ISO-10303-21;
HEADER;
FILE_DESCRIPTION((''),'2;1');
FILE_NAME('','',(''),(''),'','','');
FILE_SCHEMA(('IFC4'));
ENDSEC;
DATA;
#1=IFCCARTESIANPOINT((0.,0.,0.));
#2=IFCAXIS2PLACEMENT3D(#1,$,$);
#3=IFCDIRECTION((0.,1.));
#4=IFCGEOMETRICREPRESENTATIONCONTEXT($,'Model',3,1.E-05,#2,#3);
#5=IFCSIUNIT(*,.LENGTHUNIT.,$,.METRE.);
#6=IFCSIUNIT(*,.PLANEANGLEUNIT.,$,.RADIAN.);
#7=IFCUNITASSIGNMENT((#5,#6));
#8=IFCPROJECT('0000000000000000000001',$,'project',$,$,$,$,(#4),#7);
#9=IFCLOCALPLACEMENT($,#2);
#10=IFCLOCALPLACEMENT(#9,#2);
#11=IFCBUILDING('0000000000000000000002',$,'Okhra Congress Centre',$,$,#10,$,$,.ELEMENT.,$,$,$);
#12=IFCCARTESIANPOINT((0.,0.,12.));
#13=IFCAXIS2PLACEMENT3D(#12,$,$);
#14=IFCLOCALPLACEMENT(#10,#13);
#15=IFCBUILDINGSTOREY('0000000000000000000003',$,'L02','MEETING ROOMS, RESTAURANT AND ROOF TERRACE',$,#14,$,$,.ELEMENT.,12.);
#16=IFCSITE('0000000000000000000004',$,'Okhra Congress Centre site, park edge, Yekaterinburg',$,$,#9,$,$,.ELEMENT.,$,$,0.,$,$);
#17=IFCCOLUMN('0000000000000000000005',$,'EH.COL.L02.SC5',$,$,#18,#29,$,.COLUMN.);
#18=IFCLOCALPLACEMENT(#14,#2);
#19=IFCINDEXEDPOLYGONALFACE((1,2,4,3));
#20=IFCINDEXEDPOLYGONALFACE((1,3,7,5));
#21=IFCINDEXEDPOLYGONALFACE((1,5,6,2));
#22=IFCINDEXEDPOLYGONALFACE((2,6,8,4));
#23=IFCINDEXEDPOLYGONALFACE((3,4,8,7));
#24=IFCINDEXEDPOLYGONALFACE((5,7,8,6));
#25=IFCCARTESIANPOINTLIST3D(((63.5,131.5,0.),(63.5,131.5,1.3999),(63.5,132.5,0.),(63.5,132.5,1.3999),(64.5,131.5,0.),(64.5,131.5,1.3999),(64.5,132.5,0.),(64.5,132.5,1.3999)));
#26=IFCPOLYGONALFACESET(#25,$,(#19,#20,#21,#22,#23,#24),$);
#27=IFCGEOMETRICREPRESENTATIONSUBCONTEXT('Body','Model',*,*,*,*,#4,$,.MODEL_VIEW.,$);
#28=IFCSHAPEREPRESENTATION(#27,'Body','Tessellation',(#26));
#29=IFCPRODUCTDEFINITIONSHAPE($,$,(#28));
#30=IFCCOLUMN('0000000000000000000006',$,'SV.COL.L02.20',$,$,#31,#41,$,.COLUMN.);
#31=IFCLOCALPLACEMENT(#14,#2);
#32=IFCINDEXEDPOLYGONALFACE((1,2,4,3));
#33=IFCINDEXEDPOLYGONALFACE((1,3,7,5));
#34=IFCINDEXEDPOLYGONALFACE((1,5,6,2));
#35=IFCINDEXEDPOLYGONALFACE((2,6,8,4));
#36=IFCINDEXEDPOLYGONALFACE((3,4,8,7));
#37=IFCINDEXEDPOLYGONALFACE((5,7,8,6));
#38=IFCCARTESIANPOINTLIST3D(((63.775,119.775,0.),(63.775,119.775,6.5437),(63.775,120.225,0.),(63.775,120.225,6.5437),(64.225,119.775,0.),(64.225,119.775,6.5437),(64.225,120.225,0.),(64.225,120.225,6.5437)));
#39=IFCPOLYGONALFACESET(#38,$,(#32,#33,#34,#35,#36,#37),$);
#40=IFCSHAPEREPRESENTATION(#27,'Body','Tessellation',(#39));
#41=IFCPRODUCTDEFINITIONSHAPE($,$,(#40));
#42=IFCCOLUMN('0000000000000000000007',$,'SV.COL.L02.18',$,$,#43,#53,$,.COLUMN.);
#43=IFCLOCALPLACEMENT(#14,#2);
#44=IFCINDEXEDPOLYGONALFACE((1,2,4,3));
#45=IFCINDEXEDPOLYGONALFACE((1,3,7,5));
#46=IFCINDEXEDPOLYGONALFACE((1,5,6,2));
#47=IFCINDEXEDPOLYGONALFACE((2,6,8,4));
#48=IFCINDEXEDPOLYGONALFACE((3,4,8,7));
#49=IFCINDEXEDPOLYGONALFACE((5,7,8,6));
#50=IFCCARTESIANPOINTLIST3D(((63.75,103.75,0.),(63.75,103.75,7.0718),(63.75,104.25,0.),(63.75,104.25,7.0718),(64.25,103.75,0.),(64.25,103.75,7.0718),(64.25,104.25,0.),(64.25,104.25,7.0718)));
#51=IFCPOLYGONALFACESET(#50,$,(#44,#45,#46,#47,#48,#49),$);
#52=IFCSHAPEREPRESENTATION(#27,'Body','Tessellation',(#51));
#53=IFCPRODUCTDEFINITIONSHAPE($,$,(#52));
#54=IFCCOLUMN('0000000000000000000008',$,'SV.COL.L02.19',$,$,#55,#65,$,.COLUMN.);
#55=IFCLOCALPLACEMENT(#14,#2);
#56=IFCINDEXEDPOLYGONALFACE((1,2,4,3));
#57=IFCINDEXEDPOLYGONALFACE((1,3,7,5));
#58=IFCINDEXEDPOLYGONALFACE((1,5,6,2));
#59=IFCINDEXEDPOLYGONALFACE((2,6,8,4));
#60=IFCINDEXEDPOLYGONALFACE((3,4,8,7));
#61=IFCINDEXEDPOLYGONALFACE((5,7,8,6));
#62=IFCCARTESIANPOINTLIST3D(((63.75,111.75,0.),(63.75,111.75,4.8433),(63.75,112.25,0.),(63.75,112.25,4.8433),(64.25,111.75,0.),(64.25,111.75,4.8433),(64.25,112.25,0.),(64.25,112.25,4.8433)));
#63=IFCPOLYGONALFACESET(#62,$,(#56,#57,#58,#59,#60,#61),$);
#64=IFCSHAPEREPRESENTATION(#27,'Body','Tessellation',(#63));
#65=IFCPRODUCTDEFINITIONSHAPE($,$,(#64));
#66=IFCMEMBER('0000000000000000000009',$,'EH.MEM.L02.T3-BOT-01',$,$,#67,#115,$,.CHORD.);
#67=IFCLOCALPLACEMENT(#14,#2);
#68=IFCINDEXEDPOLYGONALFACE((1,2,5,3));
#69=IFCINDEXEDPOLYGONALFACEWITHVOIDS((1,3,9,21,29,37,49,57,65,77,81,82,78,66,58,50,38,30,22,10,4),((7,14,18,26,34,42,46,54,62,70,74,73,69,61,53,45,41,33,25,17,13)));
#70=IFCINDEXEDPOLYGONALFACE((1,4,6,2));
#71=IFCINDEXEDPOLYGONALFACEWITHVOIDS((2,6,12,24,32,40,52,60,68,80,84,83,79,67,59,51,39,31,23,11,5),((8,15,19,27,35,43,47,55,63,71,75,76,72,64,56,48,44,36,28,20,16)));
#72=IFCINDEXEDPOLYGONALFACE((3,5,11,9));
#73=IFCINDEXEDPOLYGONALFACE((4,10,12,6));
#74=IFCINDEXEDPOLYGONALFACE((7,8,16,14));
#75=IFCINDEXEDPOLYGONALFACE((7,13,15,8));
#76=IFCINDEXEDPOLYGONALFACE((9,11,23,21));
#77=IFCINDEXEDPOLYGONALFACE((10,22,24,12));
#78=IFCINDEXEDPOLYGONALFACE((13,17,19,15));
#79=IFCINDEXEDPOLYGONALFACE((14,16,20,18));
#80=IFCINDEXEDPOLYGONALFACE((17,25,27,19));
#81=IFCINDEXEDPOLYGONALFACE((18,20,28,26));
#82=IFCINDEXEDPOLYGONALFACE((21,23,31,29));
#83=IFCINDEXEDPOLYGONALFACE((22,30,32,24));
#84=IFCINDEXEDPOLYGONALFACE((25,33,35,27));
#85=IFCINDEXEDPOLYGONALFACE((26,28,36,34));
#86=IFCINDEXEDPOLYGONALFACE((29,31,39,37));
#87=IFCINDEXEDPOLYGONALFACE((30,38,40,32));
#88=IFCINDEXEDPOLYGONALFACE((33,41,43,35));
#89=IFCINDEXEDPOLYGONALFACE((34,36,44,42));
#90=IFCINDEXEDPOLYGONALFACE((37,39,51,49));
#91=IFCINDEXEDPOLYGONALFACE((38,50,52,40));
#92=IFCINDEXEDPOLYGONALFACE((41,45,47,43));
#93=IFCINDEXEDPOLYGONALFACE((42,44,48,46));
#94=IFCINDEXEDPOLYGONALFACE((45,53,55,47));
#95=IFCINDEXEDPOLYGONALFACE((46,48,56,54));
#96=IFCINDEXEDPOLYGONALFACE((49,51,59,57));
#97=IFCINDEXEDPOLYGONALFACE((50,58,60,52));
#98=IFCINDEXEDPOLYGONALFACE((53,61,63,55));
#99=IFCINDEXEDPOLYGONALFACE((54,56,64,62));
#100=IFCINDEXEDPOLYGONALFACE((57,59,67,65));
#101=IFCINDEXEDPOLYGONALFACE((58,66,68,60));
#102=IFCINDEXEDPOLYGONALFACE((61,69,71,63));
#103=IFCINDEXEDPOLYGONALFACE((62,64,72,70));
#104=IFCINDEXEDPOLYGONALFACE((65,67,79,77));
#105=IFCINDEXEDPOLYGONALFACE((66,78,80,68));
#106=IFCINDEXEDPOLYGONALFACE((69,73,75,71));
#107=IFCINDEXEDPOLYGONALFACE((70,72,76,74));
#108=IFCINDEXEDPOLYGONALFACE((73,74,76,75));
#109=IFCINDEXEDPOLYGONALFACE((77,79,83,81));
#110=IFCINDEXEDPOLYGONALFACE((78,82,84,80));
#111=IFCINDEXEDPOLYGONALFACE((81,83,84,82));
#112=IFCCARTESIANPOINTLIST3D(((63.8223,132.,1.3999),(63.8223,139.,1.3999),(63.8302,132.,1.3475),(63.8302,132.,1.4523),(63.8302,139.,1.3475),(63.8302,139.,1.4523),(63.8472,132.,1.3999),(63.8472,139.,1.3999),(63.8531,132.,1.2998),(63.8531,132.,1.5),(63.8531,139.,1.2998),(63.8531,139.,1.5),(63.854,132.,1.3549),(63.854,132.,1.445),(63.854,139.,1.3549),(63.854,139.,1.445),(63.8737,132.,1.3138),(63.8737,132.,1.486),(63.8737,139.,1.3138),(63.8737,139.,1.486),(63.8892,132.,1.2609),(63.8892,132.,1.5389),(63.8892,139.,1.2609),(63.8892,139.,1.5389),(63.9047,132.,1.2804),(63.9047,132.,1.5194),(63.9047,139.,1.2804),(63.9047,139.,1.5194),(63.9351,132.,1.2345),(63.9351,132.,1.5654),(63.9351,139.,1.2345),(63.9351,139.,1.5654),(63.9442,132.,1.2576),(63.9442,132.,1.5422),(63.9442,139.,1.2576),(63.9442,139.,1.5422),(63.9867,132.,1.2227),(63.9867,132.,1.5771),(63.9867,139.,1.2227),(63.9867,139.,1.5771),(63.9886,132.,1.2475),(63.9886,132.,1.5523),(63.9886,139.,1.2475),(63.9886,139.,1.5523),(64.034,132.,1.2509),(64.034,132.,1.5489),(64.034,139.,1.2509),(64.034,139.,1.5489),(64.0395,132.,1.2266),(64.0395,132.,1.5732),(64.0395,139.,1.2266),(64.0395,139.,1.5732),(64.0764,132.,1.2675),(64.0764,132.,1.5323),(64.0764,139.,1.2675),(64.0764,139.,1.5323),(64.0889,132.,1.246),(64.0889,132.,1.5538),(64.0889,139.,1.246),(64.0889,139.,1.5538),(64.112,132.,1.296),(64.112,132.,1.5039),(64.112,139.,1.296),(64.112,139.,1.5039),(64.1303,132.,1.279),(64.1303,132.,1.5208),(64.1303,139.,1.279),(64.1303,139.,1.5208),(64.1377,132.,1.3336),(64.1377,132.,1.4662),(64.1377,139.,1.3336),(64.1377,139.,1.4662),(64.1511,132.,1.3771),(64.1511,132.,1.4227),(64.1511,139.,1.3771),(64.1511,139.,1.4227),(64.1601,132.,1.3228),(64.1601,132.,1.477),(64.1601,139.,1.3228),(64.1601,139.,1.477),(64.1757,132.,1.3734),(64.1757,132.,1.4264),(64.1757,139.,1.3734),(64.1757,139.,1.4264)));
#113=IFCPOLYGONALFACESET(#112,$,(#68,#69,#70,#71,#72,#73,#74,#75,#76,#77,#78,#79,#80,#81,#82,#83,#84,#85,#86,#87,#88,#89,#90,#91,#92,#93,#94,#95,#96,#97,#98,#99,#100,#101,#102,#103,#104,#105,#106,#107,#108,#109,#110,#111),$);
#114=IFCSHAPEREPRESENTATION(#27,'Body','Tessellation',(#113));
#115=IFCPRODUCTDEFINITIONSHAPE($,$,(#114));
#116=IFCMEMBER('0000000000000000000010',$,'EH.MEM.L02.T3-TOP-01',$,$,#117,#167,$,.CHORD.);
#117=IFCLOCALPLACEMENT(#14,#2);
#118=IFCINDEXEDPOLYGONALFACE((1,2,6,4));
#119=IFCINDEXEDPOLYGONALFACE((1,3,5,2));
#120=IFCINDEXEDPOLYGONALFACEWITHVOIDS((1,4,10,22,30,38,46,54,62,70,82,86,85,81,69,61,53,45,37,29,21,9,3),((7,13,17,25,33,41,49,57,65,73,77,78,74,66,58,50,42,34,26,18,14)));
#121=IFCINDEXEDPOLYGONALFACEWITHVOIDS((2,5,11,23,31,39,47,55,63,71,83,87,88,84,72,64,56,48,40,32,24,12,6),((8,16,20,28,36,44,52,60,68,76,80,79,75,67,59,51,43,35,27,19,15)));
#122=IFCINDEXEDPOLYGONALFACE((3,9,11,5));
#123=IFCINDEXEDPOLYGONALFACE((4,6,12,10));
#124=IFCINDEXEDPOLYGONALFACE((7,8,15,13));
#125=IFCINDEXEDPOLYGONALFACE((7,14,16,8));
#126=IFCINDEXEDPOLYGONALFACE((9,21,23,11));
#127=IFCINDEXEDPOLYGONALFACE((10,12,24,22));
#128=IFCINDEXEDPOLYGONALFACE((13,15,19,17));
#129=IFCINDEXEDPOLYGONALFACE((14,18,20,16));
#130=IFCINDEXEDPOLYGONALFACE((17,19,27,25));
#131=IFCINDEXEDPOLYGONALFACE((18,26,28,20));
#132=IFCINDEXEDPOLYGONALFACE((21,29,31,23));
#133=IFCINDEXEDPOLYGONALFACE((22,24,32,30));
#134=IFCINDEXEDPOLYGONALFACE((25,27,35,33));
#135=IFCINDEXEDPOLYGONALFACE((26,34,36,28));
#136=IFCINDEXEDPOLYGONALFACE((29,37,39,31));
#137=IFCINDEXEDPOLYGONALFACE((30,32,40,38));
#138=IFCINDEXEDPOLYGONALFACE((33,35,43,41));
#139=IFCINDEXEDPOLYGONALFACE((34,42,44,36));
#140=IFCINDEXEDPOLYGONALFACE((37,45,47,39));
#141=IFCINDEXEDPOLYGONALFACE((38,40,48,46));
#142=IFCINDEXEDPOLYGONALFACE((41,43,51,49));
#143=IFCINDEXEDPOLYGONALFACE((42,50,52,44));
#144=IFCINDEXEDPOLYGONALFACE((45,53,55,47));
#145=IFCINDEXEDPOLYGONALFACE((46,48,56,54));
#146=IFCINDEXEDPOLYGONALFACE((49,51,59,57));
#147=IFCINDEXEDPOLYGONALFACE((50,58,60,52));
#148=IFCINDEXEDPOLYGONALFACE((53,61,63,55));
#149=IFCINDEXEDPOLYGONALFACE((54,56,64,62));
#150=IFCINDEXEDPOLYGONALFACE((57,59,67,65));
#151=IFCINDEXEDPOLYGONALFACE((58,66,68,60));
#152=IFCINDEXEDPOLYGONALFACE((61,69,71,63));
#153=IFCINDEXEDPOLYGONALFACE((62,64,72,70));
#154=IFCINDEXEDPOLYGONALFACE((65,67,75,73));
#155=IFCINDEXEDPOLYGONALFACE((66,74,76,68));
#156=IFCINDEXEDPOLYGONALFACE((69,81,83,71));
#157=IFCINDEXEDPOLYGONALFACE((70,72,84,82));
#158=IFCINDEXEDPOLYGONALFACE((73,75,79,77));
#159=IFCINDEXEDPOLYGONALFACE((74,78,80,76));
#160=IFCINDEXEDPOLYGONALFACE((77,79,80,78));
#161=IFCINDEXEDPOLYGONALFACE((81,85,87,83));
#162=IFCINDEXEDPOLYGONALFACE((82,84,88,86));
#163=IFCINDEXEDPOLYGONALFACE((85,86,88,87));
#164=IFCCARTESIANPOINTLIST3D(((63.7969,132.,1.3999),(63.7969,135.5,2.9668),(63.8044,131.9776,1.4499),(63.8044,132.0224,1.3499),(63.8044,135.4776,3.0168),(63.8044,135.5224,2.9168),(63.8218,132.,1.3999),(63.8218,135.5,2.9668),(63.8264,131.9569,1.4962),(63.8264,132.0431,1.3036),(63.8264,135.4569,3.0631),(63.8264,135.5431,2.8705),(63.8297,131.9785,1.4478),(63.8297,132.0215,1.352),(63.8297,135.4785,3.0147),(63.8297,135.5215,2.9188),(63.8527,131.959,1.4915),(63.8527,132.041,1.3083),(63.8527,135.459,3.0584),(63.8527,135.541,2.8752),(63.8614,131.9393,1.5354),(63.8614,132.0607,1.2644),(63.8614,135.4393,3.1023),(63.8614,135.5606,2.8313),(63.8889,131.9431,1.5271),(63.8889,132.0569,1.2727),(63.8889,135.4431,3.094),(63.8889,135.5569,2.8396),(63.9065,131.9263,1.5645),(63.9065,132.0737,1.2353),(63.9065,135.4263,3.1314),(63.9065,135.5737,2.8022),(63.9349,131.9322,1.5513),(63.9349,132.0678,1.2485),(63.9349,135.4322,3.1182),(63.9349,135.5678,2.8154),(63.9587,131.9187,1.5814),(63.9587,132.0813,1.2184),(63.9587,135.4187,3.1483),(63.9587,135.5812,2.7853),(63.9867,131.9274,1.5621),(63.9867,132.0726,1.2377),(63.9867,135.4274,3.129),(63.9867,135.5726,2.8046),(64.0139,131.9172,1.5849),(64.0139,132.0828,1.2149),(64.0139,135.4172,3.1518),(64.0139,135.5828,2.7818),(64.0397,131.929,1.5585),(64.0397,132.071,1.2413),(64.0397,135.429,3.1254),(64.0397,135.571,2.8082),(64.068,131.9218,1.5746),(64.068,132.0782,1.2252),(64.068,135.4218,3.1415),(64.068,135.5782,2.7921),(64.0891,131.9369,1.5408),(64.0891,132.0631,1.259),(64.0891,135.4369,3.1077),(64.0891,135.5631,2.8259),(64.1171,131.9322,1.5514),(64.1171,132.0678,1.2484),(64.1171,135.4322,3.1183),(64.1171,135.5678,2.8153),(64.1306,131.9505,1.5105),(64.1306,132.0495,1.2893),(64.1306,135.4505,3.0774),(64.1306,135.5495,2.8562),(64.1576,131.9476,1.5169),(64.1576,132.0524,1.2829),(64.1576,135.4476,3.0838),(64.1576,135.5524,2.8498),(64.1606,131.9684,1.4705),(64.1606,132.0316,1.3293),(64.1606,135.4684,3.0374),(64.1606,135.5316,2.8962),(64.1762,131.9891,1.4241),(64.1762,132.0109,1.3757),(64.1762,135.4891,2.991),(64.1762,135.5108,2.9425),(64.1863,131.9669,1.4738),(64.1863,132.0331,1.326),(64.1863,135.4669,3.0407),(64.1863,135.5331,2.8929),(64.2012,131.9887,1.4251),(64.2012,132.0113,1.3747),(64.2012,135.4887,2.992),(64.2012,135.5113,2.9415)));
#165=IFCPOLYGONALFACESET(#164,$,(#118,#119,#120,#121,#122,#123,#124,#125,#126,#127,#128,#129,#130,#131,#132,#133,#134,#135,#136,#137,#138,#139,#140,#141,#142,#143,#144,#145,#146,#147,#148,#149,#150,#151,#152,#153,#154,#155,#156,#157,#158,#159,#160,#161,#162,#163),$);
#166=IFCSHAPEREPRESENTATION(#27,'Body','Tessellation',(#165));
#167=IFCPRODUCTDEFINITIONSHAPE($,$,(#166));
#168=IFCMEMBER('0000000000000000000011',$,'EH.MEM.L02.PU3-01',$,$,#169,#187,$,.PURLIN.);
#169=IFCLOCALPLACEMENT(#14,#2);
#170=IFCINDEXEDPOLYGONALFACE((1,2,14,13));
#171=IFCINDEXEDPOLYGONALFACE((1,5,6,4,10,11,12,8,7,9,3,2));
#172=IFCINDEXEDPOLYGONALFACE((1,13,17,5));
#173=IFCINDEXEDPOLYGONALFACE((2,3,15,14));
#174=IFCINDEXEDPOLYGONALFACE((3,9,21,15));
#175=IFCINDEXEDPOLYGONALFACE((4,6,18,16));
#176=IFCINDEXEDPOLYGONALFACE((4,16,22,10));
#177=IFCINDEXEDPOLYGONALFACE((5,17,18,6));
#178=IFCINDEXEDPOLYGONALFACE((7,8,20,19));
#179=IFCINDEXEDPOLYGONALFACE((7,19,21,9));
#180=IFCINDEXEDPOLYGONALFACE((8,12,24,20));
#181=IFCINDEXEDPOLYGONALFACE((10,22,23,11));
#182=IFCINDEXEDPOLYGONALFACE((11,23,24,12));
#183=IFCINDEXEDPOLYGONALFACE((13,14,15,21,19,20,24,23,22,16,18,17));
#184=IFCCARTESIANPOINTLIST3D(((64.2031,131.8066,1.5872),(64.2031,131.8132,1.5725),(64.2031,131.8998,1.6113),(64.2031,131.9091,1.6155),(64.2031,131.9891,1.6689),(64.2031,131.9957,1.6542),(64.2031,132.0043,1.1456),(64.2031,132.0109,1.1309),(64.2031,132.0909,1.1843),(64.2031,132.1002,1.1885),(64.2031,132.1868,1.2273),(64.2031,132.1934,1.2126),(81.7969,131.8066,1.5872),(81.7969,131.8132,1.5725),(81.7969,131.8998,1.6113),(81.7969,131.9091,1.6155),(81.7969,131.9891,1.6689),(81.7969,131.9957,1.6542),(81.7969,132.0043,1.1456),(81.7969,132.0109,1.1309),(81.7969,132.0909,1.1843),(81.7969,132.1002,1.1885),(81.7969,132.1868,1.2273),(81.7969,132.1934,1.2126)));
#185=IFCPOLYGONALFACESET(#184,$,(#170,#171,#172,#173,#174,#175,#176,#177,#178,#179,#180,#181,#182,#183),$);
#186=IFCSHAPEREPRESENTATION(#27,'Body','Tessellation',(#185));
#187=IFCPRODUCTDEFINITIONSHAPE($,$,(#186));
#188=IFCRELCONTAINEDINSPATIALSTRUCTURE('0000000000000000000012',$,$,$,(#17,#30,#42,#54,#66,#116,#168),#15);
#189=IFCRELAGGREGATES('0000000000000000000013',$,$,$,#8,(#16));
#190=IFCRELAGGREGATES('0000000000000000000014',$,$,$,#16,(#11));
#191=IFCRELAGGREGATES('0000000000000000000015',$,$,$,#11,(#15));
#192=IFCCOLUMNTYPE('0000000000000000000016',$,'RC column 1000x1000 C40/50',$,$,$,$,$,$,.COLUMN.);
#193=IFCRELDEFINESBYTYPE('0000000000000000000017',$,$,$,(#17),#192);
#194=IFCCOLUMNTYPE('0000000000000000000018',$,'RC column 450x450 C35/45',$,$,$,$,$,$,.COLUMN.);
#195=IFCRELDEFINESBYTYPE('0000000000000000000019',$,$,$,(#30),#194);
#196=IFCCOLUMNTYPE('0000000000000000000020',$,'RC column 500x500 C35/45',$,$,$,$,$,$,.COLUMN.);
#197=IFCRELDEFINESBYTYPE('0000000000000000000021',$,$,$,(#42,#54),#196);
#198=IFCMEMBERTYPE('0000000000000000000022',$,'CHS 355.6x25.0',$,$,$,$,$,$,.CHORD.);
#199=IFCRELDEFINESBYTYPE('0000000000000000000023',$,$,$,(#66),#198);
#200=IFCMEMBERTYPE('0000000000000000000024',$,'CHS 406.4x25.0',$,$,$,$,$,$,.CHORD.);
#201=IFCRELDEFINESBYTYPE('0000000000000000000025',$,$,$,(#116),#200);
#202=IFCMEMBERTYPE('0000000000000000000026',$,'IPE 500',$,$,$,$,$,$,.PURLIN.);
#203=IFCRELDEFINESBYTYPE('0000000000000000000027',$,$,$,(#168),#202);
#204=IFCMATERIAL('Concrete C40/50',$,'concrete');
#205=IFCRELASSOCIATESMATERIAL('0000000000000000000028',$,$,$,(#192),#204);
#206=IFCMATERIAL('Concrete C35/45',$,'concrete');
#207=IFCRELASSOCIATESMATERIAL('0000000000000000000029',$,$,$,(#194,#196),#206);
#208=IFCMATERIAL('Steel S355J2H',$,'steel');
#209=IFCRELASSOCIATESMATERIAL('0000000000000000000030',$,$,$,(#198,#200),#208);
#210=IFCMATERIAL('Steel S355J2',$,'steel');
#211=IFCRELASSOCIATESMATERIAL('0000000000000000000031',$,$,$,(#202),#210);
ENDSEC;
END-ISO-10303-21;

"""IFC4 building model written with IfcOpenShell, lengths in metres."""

from ifc_helpers import new_model, si_unit, direction, frame, origin, origin_2d, place, context, subcontext, project, spatial, rectangle, hollow_circle, i_section, extrude, material, material_profile, profile_set, type_object, element, save


model = new_model("IFC4")

# Units and contexts
model_context = context("Model", 3, precision=1e-05, world=origin(), true_north=direction((0.0, 1.0)))
body_context = subcontext(model_context, "Body", "Model", "MODEL_VIEW")
ifc_project = project(units=[si_unit("LENGTHUNIT", "METRE"), si_unit("PLANEANGLEUNIT", "RADIAN")], contexts=[model_context])

# Site, building, storey
site_placement = place(None, origin())
site = spatial("IfcSite", under=ifc_project, at=site_placement, Name="Okhra Congress Centre site, park edge, Yekaterinburg", CompositionType="ELEMENT", RefElevation=0.0)
building_placement = place(site_placement, origin())
building = spatial("IfcBuilding", under=site, at=building_placement, Name="Okhra Congress Centre", CompositionType="ELEMENT")
storey_placement = place(building_placement, frame((0.0, 0.0, 12.0)))
storey = spatial("IfcBuildingStorey", under=building, at=storey_placement, Name="L02", Description="MEETING ROOMS, RESTAURANT AND ROOF TERRACE", CompositionType="ELEMENT", Elevation=12.0)

# Columns
ifc_material_1 = material(Name="Concrete C40/50", Category="concrete")
ifc_material_profile_1 = material_profile(ifc_material_1, rectangle(XDim=1.0, YDim=1.0, at=origin_2d()), Name="RC 1000x1000")
ifc_profile_set_1 = profile_set([ifc_material_profile_1], Name="Concrete C40/50")
column_type_1 = type_object("IfcColumnType", Name="RC column 1000x1000 C40/50", PredefinedType="COLUMN", material=ifc_profile_set_1)
column_1_placement = place(storey_placement, frame((64.0, 132.0, 0.0), z_axis=(0.0, 0.0, 1.0), x_axis=(1.0, 0.0, 0.0)))
element("IfcColumn", 1, at=column_1_placement, inside=storey, type_object=column_type_1, Name="EH.COL.L02.SC5", PredefinedType="COLUMN", context=body_context, shape_type="SweptSolid", body=[
    extrude(rectangle(XDim=1.0, YDim=1.0, at=origin_2d()), origin(), (0.0, 0.0, 1.0), 1.3999),
])
ifc_material_2 = material(Name="Concrete C35/45", Category="concrete")
ifc_material_profile_2 = material_profile(ifc_material_2, rectangle(XDim=0.45, YDim=0.45, at=origin_2d()), Name="RC 450x450")
ifc_profile_set_2 = profile_set([ifc_material_profile_2], Name="Concrete C35/45")
column_type_2 = type_object("IfcColumnType", Name="RC column 450x450 C35/45", PredefinedType="COLUMN", material=ifc_profile_set_2)
column_2_placement = place(storey_placement, frame((64.0, 120.0, 0.0), z_axis=(0.0, 0.0, 1.0), x_axis=(1.0, 0.0, 0.0)))
element("IfcColumn", 2, at=column_2_placement, inside=storey, type_object=column_type_2, Name="SV.COL.L02.20", PredefinedType="COLUMN", context=body_context, shape_type="SweptSolid", body=[
    extrude(rectangle(XDim=0.45, YDim=0.45, at=origin_2d()), origin(), (0.0, 0.0, 1.0), 6.5437),
])
ifc_material_profile_3 = material_profile(ifc_material_2, rectangle(XDim=0.5, YDim=0.5, at=origin_2d()), Name="RC 500x500")
ifc_profile_set_3 = profile_set([ifc_material_profile_3], Name="Concrete C35/45")
column_type_3 = type_object("IfcColumnType", Name="RC column 500x500 C35/45", PredefinedType="COLUMN", material=ifc_profile_set_3)
column_3_placement = place(storey_placement, frame((64.0, 104.0, 0.0), z_axis=(0.0, 0.0, 1.0), x_axis=(1.0, 0.0, 0.0)))
element("IfcColumn", 3, at=column_3_placement, inside=storey, type_object=column_type_3, Name="SV.COL.L02.18", PredefinedType="COLUMN", context=body_context, shape_type="SweptSolid", body=[
    extrude(rectangle(XDim=0.5, YDim=0.5, at=origin_2d()), origin(), (0.0, 0.0, 1.0), 7.0718),
])
column_4_placement = place(storey_placement, frame((64.0, 112.0, 0.0), z_axis=(0.0, 0.0, 1.0), x_axis=(1.0, 0.0, 0.0)))
element("IfcColumn", 4, at=column_4_placement, inside=storey, type_object=column_type_3, Name="SV.COL.L02.19", PredefinedType="COLUMN", context=body_context, shape_type="SweptSolid", body=[
    extrude(rectangle(XDim=0.5, YDim=0.5, at=origin_2d()), origin(), (0.0, 0.0, 1.0), 4.8433),
])

# Members
ifc_material_3 = material(Name="Steel S355J2H", Category="steel")
ifc_material_profile_4 = material_profile(ifc_material_3, hollow_circle(Radius=0.1777, WallThickness=0.0249, at=origin_2d()), Name="CHS 355.6x25.0")
ifc_profile_set_4 = profile_set([ifc_material_profile_4], Name="Steel S355J2H")
member_type_1 = type_object("IfcMemberType", Name="CHS 355.6x25.0", PredefinedType="CHORD", material=ifc_profile_set_4)
member_1_placement = place(storey_placement, frame((64.0, 132.0, 1.3999), z_axis=(0.0, 1.0, 0.0), x_axis=(-1.0, 0.0, 0.0)))
element("IfcMember", 5, at=member_1_placement, inside=storey, type_object=member_type_1, Name="EH.MEM.L02.T3-BOT-01", PredefinedType="CHORD", context=body_context, shape_type="SweptSolid", body=[
    extrude(hollow_circle(Radius=0.1777, WallThickness=0.0249, at=origin_2d()), origin(), (0.0, 0.0, 1.0), 7.0),
])
ifc_material_profile_5 = material_profile(ifc_material_3, hollow_circle(Radius=0.2031, WallThickness=0.0249, at=origin_2d()), Name="CHS 406.4x25.0")
ifc_profile_set_5 = profile_set([ifc_material_profile_5], Name="Steel S355J2H")
member_type_2 = type_object("IfcMemberType", Name="CHS 406.4x25.0", PredefinedType="CHORD", material=ifc_profile_set_5)
member_2_placement = place(storey_placement, frame((64.0, 132.0, 1.3999), z_axis=(0.0, 0.912711, 0.408606), x_axis=(-1.0, 0.0, 0.0)))
element("IfcMember", 6, at=member_2_placement, inside=storey, type_object=member_type_2, Name="EH.MEM.L02.T3-TOP-01", PredefinedType="CHORD", context=body_context, shape_type="SweptSolid", body=[
    extrude(hollow_circle(Radius=0.2031, WallThickness=0.0249, at=origin_2d()), origin(), (0.0, 0.0, 1.0), 3.8347),
])
ifc_material_4 = material(Name="Steel S355J2", Category="steel")
ifc_material_profile_6 = material_profile(ifc_material_4, i_section(OverallWidth=0.2, OverallDepth=0.5, WebThickness=0.0103, FlangeThickness=0.0161, at=origin_2d()), Name="IPE 500")
ifc_profile_set_6 = profile_set([ifc_material_profile_6], Name="Steel S355J2")
member_type_3 = type_object("IfcMemberType", Name="IPE 500", PredefinedType="PURLIN", material=ifc_profile_set_6)
member_3_placement = place(storey_placement, frame((64.2031, 132.0, 1.3999), z_axis=(1.0, 0.0, 0.0), x_axis=(0.0, 0.912721, 0.408583)))
element("IfcMember", 7, at=member_3_placement, inside=storey, type_object=member_type_3, Name="EH.MEM.L02.PU3-01", PredefinedType="PURLIN", context=body_context, shape_type="SweptSolid", body=[
    extrude(i_section(OverallWidth=0.2, OverallDepth=0.5, WebThickness=0.0103, FlangeThickness=0.0161, at=origin_2d()), origin(), (0.0, 0.0, 1.0), 17.5938),
])

save(model, "model.ifc")
